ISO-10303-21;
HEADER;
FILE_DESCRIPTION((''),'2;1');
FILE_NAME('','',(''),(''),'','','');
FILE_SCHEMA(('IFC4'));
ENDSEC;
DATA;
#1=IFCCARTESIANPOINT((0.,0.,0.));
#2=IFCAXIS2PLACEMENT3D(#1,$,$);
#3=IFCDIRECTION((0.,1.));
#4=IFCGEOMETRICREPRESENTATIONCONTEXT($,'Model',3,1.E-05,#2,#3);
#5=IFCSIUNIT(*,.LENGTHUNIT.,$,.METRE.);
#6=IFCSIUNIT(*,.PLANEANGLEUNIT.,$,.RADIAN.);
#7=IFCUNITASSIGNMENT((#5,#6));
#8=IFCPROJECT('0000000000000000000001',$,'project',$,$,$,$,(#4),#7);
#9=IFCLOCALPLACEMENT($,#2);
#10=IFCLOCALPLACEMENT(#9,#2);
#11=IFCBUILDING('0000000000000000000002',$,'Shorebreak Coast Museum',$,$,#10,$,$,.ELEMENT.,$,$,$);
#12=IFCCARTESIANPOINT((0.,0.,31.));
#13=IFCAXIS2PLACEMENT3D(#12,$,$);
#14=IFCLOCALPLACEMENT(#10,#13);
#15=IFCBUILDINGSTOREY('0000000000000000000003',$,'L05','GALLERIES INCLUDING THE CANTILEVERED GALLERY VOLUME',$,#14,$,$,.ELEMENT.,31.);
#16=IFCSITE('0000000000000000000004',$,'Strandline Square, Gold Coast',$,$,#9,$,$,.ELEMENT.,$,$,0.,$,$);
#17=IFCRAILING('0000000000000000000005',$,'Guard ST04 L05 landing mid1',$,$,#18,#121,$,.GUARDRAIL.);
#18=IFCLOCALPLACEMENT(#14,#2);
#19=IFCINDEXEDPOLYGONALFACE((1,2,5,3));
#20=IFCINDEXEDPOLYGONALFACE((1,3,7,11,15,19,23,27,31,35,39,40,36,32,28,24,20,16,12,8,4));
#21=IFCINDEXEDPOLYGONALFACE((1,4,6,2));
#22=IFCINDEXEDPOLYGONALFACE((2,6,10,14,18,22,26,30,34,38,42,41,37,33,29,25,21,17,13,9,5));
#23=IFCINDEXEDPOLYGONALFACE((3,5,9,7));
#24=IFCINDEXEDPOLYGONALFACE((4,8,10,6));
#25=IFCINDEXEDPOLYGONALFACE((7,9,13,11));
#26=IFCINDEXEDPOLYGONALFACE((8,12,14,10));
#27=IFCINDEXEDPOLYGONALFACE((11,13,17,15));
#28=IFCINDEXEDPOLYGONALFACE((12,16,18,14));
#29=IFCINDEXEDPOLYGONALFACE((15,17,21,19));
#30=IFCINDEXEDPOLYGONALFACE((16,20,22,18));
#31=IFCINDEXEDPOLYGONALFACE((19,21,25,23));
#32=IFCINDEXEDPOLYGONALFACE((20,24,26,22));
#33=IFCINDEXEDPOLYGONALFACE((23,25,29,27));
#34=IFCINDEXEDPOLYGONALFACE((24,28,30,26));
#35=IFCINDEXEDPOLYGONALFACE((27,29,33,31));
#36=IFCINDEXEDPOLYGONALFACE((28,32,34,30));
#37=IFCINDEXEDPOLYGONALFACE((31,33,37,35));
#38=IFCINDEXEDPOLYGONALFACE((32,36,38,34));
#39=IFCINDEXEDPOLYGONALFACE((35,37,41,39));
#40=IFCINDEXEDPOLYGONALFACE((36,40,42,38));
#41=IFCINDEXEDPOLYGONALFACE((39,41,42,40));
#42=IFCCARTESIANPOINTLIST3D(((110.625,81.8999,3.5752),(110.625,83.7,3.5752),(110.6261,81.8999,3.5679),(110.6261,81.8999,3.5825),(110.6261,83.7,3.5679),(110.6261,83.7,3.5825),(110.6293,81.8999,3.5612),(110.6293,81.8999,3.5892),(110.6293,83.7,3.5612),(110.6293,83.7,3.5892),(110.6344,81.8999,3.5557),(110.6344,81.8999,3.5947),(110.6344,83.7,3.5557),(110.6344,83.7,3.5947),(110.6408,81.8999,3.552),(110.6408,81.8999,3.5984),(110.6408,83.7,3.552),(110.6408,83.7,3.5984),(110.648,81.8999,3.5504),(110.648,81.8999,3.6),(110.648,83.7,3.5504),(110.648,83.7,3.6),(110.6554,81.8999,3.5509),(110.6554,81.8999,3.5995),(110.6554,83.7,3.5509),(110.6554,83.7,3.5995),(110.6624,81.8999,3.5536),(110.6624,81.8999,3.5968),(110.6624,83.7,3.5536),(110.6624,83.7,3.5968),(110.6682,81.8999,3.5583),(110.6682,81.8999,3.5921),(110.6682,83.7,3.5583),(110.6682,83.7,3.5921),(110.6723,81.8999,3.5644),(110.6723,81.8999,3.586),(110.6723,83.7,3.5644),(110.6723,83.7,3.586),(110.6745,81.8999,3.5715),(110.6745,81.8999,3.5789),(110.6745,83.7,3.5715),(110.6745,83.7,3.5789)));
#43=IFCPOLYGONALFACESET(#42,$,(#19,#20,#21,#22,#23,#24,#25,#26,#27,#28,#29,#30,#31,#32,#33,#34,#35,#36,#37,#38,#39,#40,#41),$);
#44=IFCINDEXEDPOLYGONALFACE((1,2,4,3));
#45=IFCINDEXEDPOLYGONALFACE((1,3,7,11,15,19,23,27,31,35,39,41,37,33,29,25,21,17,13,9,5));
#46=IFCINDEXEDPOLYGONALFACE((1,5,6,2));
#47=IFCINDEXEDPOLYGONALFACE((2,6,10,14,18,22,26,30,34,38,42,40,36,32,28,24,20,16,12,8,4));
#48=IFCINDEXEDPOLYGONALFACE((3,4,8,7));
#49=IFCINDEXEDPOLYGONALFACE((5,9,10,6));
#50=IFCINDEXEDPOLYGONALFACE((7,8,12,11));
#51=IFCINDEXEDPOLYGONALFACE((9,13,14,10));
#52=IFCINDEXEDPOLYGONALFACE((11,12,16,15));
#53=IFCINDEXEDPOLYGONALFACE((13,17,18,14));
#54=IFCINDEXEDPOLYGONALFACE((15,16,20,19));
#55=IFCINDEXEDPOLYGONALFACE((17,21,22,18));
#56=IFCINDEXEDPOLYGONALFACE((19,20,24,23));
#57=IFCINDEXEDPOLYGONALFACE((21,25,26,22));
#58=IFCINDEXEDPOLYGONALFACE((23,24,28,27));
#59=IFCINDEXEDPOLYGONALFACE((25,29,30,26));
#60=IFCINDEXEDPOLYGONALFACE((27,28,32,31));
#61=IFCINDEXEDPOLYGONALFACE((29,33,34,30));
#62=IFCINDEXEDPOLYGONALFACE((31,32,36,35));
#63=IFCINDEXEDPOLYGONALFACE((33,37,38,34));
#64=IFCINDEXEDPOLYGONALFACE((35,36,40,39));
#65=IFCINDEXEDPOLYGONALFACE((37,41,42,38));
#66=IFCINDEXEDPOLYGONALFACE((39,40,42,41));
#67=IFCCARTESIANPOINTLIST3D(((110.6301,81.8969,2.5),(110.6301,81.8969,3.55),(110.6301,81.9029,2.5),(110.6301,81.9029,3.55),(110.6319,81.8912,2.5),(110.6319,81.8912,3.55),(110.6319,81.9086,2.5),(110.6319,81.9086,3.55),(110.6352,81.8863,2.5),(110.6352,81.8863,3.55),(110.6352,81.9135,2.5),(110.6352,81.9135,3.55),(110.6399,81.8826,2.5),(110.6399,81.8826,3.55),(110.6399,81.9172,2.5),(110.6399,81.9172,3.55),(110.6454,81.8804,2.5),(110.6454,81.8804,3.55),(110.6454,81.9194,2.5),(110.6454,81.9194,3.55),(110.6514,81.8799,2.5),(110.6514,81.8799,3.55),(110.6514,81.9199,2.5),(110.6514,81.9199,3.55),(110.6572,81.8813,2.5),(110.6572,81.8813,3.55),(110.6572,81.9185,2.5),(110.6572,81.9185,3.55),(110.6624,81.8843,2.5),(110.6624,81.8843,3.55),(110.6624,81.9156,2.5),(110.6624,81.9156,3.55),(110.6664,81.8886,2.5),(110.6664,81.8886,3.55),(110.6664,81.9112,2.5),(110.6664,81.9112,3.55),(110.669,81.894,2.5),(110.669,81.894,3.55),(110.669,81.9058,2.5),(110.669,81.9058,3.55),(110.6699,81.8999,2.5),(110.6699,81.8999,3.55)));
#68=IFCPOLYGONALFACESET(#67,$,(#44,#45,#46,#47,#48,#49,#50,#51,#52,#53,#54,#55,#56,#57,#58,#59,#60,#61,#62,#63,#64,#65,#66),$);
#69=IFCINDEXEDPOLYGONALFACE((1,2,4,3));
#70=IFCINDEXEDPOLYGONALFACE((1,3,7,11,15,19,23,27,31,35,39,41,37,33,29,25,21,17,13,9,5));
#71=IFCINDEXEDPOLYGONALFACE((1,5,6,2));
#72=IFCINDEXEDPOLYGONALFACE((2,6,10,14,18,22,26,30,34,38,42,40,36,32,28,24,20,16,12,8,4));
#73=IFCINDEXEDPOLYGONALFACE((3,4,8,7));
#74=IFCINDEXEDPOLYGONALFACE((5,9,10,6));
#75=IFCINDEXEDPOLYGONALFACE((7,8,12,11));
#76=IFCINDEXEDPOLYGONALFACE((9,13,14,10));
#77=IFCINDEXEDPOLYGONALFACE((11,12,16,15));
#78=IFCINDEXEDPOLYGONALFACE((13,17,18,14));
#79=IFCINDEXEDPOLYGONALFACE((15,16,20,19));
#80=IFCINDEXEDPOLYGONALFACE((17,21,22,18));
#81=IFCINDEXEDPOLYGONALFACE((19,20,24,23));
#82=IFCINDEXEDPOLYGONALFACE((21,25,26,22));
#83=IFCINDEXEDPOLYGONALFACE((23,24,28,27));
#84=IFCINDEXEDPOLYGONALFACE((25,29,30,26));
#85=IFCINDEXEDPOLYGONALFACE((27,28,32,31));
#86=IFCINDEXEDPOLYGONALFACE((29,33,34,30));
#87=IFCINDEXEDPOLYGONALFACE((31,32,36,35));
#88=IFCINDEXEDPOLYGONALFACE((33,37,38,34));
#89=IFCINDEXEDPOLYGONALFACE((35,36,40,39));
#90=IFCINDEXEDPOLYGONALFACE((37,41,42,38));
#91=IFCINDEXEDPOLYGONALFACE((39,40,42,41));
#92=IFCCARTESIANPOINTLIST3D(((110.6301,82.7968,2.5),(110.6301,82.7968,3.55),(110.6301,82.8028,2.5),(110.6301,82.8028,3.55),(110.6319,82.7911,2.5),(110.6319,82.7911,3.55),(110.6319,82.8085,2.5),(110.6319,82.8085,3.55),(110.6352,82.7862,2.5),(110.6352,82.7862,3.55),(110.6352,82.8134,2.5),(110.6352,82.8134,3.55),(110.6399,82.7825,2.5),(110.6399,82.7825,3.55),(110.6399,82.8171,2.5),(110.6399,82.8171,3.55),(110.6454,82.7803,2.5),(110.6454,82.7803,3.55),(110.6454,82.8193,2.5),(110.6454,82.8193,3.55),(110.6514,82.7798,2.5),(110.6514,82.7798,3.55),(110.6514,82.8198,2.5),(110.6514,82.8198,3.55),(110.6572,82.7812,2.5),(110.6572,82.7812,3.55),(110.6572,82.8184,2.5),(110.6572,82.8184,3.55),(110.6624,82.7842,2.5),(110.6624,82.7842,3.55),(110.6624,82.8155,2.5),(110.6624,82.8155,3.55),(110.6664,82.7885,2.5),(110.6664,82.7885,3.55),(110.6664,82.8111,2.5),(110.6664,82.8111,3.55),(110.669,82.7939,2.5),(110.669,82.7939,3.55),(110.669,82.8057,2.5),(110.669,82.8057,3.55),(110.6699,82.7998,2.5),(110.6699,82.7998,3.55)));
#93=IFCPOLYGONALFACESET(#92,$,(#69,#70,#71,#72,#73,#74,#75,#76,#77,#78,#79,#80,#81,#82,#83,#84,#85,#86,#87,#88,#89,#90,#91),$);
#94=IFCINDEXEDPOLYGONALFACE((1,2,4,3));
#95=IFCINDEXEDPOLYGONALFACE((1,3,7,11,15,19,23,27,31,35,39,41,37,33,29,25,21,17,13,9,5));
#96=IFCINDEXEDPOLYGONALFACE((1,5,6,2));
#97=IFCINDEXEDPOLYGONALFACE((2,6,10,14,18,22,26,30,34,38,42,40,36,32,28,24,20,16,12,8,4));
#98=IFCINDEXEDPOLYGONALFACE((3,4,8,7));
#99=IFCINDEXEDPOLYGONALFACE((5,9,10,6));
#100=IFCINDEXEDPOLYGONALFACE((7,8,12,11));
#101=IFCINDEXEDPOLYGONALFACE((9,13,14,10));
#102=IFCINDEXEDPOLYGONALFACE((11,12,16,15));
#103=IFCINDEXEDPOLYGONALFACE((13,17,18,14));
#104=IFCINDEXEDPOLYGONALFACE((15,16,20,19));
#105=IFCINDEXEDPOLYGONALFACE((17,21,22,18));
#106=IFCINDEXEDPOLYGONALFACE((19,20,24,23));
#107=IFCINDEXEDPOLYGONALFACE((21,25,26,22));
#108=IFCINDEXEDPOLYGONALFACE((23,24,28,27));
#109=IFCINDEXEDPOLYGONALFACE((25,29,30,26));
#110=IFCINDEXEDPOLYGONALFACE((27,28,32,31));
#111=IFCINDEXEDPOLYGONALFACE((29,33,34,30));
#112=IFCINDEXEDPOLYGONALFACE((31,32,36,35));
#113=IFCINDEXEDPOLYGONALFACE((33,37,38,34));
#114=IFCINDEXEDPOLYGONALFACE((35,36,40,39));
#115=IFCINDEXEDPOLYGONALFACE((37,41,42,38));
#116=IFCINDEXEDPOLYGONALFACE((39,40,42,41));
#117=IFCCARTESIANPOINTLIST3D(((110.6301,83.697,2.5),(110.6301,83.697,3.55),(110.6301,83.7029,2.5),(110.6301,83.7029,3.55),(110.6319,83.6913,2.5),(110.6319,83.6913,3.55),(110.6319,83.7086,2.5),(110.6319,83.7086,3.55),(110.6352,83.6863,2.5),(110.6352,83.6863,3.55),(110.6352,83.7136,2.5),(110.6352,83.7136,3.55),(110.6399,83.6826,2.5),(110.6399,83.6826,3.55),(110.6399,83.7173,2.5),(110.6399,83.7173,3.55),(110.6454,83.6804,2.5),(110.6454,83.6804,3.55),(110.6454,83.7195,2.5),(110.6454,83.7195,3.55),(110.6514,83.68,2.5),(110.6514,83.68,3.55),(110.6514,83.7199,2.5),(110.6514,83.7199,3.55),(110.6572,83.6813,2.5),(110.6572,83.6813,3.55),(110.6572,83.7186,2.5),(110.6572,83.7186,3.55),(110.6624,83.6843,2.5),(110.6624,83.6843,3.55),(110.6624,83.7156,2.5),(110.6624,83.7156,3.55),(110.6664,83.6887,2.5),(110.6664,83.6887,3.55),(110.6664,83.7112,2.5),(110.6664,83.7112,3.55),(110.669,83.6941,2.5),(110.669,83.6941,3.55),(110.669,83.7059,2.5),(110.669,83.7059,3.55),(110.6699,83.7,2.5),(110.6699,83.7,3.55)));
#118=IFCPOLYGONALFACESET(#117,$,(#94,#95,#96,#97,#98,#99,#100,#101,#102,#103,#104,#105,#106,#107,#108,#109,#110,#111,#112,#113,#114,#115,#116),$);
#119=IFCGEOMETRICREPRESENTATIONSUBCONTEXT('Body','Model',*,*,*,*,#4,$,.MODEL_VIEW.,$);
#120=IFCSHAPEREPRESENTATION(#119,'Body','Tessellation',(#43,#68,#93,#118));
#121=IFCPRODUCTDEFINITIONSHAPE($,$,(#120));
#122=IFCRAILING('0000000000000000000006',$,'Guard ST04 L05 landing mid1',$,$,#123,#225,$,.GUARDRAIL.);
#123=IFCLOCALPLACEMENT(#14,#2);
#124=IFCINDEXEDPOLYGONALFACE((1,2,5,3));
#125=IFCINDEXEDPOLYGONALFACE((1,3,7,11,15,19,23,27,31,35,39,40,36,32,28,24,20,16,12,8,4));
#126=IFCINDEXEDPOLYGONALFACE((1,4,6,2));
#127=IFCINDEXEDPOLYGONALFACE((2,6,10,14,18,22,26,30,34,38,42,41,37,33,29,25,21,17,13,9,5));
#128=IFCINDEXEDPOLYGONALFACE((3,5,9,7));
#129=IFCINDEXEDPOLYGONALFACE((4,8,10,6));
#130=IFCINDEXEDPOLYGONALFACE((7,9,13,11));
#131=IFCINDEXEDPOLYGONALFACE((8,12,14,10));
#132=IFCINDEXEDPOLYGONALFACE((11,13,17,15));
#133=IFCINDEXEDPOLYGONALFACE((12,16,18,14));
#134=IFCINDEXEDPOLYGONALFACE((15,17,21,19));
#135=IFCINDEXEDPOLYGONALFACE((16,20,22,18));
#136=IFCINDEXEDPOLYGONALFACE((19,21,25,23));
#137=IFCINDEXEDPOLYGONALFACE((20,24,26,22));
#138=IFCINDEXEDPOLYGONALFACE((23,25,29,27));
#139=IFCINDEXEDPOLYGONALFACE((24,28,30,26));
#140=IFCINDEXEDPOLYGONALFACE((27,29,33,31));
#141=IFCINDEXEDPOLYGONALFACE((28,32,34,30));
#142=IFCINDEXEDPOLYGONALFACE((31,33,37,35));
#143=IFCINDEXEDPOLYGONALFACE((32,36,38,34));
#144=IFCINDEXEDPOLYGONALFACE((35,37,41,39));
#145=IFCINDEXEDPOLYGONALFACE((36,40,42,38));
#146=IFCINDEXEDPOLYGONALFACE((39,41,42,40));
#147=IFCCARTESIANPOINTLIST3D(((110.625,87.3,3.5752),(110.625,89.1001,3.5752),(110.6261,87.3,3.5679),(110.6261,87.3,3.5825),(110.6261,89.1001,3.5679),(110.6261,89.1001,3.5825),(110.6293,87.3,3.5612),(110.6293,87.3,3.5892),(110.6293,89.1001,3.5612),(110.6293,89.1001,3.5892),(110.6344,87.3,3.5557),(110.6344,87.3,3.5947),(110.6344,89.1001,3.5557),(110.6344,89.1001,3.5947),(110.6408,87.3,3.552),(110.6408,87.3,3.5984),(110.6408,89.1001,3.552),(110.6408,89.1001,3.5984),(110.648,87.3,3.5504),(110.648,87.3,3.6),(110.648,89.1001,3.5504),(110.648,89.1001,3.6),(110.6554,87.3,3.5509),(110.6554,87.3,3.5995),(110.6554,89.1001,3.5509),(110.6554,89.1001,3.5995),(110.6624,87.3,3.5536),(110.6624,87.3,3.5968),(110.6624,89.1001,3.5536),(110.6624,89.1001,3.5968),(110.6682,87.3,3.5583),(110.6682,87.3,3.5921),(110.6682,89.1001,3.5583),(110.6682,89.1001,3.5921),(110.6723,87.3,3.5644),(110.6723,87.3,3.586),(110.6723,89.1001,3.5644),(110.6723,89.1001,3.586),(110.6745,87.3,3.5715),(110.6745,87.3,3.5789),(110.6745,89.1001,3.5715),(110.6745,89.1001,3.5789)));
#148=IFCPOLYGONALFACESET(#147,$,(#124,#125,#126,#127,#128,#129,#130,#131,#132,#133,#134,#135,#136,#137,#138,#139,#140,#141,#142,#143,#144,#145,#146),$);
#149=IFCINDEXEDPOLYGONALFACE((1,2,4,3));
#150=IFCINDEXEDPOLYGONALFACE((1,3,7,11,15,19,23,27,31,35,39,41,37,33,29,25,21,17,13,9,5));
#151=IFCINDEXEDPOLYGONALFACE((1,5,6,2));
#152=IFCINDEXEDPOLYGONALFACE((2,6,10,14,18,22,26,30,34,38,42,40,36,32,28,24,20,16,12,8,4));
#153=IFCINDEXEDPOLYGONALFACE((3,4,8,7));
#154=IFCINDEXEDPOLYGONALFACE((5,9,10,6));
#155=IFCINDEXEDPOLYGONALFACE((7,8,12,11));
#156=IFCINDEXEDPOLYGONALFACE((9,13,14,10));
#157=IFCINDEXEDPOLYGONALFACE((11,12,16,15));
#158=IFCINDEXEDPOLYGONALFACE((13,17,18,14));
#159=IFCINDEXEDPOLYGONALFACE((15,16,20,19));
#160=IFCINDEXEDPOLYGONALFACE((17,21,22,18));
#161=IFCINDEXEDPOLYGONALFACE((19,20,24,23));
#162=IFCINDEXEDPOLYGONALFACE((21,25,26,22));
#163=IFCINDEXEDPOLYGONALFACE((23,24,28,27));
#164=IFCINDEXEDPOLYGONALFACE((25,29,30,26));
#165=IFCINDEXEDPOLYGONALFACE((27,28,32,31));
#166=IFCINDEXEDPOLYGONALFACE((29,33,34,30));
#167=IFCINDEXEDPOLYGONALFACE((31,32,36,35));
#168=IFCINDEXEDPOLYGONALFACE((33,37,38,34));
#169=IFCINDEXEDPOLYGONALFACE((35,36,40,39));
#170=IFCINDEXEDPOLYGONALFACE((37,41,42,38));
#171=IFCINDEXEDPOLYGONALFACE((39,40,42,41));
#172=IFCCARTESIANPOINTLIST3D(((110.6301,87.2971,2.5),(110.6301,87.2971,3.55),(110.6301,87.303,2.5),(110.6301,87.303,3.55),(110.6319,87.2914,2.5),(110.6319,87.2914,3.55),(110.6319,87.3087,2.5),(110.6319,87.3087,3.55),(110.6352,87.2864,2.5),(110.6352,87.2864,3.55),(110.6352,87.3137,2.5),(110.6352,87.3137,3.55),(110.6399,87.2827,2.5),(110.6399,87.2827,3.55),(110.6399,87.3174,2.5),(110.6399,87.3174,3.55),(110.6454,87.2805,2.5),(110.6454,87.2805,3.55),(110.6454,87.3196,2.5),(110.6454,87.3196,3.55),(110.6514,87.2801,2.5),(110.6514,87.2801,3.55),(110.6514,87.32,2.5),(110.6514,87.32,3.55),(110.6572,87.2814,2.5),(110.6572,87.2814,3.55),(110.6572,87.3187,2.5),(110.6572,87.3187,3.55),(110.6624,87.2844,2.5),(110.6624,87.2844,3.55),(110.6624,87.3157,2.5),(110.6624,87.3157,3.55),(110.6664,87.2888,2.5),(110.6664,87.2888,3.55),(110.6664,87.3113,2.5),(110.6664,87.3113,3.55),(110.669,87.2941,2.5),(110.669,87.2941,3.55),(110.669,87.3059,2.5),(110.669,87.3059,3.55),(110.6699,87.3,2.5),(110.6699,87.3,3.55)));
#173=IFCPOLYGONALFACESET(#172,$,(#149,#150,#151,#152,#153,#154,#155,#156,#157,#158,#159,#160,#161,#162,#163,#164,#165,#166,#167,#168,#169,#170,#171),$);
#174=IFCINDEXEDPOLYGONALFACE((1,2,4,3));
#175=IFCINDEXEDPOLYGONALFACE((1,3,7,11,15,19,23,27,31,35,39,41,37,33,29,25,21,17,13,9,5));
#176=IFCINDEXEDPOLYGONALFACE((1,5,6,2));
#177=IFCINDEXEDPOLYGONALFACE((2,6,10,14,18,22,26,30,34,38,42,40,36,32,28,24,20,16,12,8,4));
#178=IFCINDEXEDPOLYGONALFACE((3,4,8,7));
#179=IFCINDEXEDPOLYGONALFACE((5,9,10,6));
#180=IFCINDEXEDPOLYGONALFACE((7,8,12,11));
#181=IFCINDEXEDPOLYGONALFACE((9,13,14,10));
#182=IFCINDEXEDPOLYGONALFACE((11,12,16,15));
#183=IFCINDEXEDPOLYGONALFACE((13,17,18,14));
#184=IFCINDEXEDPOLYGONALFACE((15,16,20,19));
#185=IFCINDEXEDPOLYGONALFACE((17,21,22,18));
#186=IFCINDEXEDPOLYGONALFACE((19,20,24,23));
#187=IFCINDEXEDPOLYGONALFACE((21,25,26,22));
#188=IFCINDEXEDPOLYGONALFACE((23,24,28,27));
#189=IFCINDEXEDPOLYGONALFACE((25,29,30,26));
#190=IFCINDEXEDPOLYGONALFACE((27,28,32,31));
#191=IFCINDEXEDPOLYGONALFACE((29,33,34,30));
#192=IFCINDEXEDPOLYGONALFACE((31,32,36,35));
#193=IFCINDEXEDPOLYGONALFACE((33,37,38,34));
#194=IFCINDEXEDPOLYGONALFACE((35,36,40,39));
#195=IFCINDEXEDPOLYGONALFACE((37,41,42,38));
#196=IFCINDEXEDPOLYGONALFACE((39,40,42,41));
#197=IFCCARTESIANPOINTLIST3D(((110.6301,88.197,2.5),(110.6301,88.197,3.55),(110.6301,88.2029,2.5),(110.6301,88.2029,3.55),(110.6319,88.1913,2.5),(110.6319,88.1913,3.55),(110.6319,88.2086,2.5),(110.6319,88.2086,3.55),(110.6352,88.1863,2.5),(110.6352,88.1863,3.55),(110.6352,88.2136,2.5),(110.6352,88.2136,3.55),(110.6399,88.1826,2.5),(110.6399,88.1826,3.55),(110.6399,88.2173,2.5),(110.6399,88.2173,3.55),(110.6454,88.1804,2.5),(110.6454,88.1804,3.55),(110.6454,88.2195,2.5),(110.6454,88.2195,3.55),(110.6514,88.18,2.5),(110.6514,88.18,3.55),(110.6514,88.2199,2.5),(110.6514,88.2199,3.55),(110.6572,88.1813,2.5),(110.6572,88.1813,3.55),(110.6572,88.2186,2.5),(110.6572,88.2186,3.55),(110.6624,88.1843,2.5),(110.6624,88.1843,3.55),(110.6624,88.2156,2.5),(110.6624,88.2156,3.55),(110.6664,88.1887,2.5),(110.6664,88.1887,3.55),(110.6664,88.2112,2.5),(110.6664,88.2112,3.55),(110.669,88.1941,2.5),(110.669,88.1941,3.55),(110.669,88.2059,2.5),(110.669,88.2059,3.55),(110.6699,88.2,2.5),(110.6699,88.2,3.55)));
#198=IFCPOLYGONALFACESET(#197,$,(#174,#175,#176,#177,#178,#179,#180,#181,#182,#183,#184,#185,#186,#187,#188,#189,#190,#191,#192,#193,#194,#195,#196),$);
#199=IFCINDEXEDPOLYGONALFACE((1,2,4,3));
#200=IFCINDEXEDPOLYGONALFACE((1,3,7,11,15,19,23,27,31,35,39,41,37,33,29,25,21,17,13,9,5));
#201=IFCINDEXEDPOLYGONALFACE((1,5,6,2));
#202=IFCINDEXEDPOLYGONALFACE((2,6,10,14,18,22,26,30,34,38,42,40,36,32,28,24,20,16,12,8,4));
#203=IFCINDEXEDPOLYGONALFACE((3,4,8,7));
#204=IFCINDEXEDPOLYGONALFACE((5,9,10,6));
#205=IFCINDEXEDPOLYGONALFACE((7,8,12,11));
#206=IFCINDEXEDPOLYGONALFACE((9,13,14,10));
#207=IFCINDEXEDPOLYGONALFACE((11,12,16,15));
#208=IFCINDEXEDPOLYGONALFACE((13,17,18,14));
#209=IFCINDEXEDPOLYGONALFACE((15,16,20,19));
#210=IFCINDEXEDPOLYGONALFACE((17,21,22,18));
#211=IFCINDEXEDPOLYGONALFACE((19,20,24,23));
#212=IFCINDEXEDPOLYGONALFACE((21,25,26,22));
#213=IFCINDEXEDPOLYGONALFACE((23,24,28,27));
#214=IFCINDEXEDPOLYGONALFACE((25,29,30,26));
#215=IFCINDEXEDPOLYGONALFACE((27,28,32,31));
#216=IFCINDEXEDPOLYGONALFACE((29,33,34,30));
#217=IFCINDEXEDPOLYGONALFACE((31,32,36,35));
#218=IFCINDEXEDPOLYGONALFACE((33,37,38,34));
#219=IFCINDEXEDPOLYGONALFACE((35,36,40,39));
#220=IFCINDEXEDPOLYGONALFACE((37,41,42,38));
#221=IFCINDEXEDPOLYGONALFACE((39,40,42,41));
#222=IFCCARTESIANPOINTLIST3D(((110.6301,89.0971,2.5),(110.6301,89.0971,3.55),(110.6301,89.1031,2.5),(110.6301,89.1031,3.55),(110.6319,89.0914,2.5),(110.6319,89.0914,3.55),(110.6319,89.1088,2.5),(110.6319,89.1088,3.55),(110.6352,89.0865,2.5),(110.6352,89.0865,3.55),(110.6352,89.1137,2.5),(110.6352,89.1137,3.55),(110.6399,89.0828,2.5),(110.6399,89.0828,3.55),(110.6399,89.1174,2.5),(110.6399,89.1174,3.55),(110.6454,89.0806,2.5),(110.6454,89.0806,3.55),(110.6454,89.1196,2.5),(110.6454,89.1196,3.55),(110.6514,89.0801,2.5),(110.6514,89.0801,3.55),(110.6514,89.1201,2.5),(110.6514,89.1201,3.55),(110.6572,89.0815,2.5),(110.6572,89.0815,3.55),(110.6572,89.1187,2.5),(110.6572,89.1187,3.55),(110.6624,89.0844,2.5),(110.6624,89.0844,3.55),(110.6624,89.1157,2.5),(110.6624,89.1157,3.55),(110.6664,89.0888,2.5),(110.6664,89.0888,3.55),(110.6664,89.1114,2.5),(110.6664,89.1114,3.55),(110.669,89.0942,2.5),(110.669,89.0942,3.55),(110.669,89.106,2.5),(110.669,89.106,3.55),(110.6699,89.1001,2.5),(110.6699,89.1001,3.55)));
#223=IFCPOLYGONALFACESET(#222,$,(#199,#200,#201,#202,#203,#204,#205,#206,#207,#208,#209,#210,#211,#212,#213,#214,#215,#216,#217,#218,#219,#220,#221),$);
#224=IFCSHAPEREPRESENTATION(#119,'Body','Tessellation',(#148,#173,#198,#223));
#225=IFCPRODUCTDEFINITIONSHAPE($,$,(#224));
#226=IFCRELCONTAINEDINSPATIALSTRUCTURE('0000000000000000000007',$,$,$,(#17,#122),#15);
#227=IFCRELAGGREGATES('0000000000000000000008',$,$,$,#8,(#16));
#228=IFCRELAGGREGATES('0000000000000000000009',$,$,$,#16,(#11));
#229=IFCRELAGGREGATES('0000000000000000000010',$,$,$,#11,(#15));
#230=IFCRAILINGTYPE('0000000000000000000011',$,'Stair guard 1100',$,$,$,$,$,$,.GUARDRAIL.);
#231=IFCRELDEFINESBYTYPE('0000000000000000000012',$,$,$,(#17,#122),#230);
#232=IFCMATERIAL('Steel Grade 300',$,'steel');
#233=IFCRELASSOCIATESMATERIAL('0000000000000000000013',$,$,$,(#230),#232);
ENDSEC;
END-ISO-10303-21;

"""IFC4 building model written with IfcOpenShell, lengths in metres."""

from ifc_helpers import new_model, si_unit, direction, frame, origin, origin_2d, place, context, subcontext, project, spatial, circle, extrude, material, type_object, element, save


model = new_model("IFC4")

# Units and contexts
model_context = context("Model", 3, precision=1e-05, world=origin(), true_north=direction((0.0, 1.0)))
body_context = subcontext(model_context, "Body", "Model", "MODEL_VIEW")
ifc_project = project(units=[si_unit("LENGTHUNIT", "METRE"), si_unit("PLANEANGLEUNIT", "RADIAN")], contexts=[model_context])

# Site, building, storey
site_placement = place(None, origin())
site = spatial("IfcSite", under=ifc_project, at=site_placement, Name="Strandline Square, Gold Coast", CompositionType="ELEMENT", RefElevation=0.0)
building_placement = place(site_placement, origin())
building = spatial("IfcBuilding", under=site, at=building_placement, Name="Shorebreak Coast Museum", CompositionType="ELEMENT")
storey_placement = place(building_placement, frame((0.0, 0.0, 31.0)))
storey = spatial("IfcBuildingStorey", under=building, at=storey_placement, Name="L05", Description="GALLERIES INCLUDING THE CANTILEVERED GALLERY VOLUME", CompositionType="ELEMENT", Elevation=31.0)

# Railings
ifc_material_1 = material(Name="Steel Grade 300", Category="steel")
railing_type_1 = type_object("IfcRailingType", Name="Stair guard 1100", PredefinedType="GUARDRAIL", material=ifc_material_1)
for number, where, name in (
    (1, (110.6499, 81.8999, 2.5), "Guard ST04 L05 landing mid1"),
    (2, (110.6499, 87.3, 2.5), "Guard ST04 L05 landing mid1"),
):
    element("IfcRailing", number, at=place(storey_placement, frame(where)), inside=storey, type_object=railing_type_1, Name=name, PredefinedType="GUARDRAIL", context=body_context, shape_type="SweptSolid", body=[
        extrude(circle(Radius=0.0249, at=origin_2d()), frame((0.0, 0.0, 1.0752), z_axis=(0.0, 1.0, 0.0), x_axis=(-1.0, 0.0, 0.0)), (0.0, 0.0, 1.0), 1.8),
        extrude(circle(Radius=0.02, at=origin_2d()), origin(), (0.0, 0.0, 1.0), 1.05),
        extrude(circle(Radius=0.02, at=origin_2d()), frame((0.0, 0.8999, 0.0)), (0.0, 0.0, 1.0), 1.05),
        extrude(circle(Radius=0.02, at=origin_2d()), frame((0.0, 1.8, 0.0)), (0.0, 0.0, 1.0), 1.05),
    ])

save(model, "model.ifc")
